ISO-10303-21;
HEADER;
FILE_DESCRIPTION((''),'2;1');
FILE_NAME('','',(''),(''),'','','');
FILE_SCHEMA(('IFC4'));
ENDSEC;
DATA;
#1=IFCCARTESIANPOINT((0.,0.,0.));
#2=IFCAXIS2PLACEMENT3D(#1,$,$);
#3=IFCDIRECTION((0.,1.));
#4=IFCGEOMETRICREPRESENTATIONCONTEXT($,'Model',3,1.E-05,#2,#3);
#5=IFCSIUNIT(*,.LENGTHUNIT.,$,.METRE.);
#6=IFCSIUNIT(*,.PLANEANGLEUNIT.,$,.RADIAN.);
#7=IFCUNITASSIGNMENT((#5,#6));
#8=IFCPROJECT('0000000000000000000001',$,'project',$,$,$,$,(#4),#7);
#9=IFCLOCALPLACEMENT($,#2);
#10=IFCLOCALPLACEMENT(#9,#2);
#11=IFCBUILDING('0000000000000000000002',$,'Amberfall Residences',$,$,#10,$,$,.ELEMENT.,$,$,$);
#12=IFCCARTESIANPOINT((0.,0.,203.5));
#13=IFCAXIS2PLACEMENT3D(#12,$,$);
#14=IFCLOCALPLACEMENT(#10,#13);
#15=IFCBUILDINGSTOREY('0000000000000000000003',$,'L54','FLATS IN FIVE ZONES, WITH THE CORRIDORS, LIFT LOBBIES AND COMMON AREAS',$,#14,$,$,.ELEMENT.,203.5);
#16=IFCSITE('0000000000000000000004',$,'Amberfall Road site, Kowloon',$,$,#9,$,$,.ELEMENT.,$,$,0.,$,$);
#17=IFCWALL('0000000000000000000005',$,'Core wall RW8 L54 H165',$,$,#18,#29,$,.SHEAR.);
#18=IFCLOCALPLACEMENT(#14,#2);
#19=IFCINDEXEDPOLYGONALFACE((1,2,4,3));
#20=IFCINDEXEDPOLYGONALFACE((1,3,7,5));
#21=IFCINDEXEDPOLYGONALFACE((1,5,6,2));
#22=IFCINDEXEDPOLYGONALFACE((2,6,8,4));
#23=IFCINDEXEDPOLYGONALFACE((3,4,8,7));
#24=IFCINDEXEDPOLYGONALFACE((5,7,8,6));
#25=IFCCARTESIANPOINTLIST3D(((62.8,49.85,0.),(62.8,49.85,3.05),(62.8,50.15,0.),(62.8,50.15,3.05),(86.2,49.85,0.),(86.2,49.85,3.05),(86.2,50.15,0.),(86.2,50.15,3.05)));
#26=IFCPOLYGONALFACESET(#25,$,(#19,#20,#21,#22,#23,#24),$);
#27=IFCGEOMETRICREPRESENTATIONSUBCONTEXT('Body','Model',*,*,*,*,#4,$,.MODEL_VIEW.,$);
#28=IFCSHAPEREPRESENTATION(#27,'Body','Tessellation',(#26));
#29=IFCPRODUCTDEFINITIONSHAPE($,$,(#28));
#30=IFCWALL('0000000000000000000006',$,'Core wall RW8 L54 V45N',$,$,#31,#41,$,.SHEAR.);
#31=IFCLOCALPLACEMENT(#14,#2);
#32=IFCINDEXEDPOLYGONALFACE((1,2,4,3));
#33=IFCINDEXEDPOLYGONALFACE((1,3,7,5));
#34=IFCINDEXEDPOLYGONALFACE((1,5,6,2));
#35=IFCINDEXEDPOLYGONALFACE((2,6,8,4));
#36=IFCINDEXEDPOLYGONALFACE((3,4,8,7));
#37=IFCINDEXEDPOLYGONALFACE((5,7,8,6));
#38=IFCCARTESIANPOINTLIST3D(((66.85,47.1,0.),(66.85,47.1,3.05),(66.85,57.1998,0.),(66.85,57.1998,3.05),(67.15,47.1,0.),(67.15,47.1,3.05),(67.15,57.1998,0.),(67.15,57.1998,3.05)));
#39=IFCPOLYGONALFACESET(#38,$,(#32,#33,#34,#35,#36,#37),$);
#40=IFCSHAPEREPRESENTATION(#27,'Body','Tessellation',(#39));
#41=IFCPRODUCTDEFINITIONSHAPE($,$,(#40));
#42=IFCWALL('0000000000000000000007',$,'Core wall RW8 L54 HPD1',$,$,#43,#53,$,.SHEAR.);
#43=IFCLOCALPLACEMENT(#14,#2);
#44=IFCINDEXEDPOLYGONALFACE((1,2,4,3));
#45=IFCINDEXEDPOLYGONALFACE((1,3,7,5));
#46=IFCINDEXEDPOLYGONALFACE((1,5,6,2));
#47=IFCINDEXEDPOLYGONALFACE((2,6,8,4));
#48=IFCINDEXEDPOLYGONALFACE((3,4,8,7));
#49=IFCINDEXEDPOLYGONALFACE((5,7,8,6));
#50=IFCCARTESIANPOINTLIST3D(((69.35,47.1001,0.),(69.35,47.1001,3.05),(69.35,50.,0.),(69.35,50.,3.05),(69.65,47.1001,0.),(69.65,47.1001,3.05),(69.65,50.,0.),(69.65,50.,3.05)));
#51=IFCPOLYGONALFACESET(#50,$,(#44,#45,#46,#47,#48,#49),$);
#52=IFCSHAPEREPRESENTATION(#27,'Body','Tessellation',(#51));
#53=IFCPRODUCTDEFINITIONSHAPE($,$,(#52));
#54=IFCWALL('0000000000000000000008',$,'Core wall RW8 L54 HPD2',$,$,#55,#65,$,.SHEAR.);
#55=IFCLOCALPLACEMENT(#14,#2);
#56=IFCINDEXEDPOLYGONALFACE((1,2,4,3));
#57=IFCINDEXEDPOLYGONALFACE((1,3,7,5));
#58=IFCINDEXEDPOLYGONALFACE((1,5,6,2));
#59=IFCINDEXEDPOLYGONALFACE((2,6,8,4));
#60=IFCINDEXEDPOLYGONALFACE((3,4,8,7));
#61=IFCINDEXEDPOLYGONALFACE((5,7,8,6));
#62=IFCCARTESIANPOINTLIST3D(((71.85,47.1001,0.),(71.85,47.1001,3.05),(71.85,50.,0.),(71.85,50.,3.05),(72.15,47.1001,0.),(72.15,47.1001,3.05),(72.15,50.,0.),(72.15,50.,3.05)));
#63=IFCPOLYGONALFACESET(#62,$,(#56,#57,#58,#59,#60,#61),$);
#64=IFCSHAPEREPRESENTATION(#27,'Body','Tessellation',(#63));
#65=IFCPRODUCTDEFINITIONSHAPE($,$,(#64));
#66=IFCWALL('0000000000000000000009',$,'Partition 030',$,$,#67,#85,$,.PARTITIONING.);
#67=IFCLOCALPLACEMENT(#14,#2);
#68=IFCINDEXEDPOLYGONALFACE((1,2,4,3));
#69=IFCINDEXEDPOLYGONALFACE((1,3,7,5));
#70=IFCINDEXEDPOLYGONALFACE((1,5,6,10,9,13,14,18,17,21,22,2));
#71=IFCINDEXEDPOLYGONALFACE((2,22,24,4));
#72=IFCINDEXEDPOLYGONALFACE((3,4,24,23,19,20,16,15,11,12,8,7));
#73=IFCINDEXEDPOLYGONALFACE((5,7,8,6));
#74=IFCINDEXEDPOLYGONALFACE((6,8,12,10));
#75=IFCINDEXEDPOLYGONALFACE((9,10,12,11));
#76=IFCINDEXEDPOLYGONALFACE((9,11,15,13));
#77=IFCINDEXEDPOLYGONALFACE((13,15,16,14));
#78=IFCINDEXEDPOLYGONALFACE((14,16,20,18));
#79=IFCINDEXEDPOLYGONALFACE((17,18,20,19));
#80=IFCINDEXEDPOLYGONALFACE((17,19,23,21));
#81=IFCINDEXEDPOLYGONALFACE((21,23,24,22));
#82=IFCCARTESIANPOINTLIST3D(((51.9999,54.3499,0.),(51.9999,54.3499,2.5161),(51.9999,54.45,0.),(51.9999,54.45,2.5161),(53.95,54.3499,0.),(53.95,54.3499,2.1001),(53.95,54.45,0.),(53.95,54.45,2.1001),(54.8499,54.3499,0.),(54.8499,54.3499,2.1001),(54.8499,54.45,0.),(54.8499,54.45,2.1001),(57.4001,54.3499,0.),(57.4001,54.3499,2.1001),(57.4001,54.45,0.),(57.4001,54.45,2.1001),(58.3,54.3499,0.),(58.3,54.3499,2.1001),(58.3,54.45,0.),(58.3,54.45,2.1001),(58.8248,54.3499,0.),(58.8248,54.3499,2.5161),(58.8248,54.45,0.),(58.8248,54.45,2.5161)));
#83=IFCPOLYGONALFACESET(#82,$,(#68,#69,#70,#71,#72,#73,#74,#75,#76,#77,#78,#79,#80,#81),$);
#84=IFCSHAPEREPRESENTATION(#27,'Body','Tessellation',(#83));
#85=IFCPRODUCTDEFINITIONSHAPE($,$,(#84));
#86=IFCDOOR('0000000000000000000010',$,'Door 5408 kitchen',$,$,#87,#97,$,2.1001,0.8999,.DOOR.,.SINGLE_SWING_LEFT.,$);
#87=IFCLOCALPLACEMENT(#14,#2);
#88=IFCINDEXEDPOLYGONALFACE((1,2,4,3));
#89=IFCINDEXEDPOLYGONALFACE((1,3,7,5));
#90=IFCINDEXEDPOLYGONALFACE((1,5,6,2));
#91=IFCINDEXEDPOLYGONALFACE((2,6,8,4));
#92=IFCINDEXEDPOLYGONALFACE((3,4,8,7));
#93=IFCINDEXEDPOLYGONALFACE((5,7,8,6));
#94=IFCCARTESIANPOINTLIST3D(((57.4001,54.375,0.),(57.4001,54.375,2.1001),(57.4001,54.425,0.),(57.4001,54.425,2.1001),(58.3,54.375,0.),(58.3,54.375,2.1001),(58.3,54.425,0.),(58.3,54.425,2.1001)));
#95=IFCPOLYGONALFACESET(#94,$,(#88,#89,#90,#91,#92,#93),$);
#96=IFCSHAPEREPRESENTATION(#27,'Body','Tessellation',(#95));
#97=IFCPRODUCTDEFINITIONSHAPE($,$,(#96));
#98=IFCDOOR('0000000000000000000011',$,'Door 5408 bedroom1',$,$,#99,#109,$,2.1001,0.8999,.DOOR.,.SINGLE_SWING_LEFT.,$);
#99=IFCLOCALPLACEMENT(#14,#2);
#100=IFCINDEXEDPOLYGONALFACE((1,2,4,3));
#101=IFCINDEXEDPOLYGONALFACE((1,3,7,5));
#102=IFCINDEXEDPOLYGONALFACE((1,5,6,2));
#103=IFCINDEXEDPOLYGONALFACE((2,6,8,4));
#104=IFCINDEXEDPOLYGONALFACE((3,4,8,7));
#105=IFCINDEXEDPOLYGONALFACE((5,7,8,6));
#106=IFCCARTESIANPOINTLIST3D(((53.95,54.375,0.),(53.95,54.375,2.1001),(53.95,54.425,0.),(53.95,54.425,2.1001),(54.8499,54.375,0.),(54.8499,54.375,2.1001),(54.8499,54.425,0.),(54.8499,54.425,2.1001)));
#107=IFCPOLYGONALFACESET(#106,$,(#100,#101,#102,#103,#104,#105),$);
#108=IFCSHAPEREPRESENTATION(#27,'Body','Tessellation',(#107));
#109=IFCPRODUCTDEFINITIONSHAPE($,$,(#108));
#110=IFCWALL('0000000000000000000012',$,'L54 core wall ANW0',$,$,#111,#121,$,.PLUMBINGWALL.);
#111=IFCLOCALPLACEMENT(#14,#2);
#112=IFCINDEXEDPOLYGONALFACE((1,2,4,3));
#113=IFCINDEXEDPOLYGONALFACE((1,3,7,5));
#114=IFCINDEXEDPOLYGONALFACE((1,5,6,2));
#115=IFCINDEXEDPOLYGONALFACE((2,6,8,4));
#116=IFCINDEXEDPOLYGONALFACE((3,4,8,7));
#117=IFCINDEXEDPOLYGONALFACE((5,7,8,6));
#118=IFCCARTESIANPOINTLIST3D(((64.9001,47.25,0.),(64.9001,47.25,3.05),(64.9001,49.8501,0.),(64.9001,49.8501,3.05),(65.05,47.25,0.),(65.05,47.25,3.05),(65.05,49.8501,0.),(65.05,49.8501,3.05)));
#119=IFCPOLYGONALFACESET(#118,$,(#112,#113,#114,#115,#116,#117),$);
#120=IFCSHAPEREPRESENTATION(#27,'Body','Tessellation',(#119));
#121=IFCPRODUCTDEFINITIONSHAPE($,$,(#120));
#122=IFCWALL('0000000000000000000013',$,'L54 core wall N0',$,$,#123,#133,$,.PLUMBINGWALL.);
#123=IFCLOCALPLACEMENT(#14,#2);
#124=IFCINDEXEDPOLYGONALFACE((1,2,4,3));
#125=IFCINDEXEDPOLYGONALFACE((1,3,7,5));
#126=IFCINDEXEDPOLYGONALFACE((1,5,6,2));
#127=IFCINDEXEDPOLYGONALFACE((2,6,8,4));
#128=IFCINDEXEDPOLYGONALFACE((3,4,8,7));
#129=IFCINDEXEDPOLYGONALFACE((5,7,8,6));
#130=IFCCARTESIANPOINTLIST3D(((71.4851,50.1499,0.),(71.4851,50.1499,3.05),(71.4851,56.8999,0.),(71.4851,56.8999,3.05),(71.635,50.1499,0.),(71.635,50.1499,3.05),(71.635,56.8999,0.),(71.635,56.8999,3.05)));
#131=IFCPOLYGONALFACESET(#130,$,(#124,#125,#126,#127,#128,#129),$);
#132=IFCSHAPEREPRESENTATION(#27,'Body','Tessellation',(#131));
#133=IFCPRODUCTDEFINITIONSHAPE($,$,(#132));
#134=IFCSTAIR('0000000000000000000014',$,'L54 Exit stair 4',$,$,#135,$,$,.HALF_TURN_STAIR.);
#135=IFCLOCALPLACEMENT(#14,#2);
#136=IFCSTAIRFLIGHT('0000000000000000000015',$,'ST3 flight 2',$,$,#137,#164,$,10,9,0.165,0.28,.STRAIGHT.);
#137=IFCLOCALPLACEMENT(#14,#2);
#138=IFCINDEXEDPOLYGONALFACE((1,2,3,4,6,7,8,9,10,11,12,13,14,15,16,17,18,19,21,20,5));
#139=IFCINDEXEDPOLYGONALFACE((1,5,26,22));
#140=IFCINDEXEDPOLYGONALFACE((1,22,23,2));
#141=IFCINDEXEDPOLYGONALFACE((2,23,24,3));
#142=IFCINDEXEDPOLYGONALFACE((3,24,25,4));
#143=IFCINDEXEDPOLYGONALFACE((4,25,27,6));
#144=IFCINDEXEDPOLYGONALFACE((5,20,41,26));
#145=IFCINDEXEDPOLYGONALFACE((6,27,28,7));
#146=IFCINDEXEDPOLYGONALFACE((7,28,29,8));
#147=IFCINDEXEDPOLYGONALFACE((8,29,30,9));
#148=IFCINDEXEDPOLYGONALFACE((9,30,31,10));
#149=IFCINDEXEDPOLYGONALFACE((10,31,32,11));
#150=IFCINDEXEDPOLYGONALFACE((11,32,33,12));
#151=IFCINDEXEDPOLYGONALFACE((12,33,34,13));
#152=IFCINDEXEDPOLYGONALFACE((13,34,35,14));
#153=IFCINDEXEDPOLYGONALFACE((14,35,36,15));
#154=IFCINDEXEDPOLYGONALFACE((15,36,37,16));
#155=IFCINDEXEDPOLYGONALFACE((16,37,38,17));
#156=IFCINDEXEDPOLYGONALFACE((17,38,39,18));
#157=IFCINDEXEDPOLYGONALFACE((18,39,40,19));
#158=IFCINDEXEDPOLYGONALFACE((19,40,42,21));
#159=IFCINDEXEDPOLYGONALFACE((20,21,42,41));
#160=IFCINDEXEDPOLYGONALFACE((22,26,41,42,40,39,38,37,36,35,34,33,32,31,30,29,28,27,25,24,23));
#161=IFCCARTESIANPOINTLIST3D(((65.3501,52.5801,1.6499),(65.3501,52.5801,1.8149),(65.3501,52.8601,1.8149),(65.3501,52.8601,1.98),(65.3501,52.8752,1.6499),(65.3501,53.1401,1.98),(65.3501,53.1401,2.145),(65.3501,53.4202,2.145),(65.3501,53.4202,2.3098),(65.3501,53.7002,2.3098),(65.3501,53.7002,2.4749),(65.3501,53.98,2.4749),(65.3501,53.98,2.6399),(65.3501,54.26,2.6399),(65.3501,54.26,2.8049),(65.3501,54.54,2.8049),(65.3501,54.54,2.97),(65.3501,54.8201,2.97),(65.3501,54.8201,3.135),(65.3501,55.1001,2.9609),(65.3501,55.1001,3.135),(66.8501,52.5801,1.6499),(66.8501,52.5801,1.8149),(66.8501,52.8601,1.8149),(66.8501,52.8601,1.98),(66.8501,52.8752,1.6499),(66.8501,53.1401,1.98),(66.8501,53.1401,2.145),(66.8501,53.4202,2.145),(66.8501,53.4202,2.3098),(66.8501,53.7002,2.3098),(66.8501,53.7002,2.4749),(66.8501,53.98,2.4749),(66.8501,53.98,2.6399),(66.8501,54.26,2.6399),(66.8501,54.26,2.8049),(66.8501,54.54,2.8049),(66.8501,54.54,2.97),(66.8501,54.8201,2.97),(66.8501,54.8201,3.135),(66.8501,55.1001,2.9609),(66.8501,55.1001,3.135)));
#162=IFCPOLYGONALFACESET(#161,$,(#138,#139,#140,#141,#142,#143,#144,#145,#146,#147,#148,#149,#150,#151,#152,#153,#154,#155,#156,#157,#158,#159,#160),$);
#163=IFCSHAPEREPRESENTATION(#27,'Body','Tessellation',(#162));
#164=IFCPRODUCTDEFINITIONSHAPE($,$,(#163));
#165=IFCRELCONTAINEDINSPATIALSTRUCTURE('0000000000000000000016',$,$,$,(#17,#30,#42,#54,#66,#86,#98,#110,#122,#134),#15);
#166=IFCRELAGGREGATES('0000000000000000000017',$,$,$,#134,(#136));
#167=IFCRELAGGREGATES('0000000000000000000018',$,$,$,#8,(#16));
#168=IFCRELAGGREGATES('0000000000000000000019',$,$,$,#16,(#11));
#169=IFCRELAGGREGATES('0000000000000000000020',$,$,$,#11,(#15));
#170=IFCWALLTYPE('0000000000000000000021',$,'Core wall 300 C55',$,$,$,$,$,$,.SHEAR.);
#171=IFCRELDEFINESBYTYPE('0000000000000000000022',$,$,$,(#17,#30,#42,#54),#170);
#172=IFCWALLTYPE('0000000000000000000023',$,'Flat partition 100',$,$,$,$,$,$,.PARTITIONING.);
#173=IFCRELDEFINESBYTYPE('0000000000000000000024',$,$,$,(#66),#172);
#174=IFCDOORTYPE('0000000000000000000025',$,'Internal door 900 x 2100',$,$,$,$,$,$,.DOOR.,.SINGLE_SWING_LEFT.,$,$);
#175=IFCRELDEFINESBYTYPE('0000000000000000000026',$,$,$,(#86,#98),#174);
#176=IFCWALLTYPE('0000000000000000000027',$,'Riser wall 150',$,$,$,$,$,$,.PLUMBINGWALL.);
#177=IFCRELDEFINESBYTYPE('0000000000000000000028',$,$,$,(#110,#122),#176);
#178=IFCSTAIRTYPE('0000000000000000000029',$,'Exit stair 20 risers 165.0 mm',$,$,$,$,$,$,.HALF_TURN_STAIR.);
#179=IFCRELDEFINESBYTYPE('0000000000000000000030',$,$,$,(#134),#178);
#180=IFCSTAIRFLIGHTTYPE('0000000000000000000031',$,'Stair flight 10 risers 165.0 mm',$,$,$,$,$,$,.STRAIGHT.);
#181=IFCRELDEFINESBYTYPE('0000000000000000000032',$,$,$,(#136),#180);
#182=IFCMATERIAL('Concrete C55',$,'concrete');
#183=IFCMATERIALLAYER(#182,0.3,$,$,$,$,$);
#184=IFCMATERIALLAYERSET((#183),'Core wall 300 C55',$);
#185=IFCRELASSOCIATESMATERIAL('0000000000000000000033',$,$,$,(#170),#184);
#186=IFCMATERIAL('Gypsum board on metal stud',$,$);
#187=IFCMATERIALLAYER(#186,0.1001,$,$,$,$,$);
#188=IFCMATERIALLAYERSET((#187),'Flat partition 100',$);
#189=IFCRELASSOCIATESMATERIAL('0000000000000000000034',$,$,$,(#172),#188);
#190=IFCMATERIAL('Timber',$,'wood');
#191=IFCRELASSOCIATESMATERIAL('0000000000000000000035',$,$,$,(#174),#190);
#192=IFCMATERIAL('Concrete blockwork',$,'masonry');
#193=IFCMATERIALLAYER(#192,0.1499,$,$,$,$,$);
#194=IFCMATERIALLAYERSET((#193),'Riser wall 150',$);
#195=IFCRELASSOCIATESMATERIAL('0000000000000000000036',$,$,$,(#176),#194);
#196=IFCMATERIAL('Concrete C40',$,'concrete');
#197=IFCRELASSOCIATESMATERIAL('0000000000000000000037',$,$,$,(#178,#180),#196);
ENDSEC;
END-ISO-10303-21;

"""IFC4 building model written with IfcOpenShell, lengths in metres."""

from ifc_helpers import new_model, si_unit, direction, frame, frame_2d, origin, place, context, subcontext, project, spatial, polyline, rectangle, outline, extrude, material, layer, layer_set, type_object, element, fill, aggregate, save


model = new_model("IFC4")

# Units and contexts
model_context = context("Model", 3, precision=1e-05, world=origin(), true_north=direction((0.0, 1.0)))
body_context = subcontext(model_context, "Body", "Model", "MODEL_VIEW")
ifc_project = project(units=[si_unit("LENGTHUNIT", "METRE"), si_unit("PLANEANGLEUNIT", "RADIAN")], contexts=[model_context])

# Site, building, storey
site_placement = place(None, origin())
site = spatial("IfcSite", under=ifc_project, at=site_placement, Name="Amberfall Road site, Kowloon", CompositionType="ELEMENT", RefElevation=0.0)
building_placement = place(site_placement, origin())
building = spatial("IfcBuilding", under=site, at=building_placement, Name="Amberfall Residences", CompositionType="ELEMENT")
storey_placement = place(building_placement, frame((0.0, 0.0, 203.5)))
storey = spatial("IfcBuildingStorey", under=building, at=storey_placement, Name="L54", Description="FLATS IN FIVE ZONES, WITH THE CORRIDORS, LIFT LOBBIES AND COMMON AREAS", CompositionType="ELEMENT", Elevation=203.5)

# Shared definitions
ifc_material_1 = material(Name="Concrete C55", Category="concrete")
ifc_layer_1 = layer(ifc_material_1, 0.3)
ifc_layer_set_1 = layer_set([ifc_layer_1], Name="Core wall 300 C55")
wall_type_1 = type_object("IfcWallType", Name="Core wall 300 C55", PredefinedType="SHEAR", material=ifc_layer_set_1)

# Walls
wall_1_placement = place(storey_placement, frame((62.8, 50.0, 0.0), z_axis=(0.0, 0.0, 1.0), x_axis=(1.0, 0.0, 0.0)))
element("IfcWall", 1, at=wall_1_placement, inside=storey, type_object=wall_type_1, Name="Core wall RW8 L54 H165", PredefinedType="SHEAR", context=body_context, shape_type="SweptSolid", body=[
    extrude(rectangle(XDim=23.3999, YDim=0.3, at=frame_2d((11.7, 0.0))), origin(), (0.0, 0.0, 1.0), 3.05),
])
wall_2_placement = place(storey_placement, frame((67.0, 47.1001, 0.0), z_axis=(0.0, 0.0, 1.0), x_axis=(0.0, 1.0, 0.0)))
element("IfcWall", 2, at=wall_2_placement, inside=storey, type_object=wall_type_1, Name="Core wall RW8 L54 V45N", PredefinedType="SHEAR", context=body_context, shape_type="SweptSolid", body=[
    extrude(rectangle(XDim=10.0999, YDim=0.3, at=frame_2d((5.0498, 0.0))), origin(), (0.0, 0.0, 1.0), 3.05),
])
for number, where, z_axis, x_axis, name in (
    (3, (69.5, 47.1001, 0.0), (0.0, 0.0, 1.0), (0.0, 1.0, 0.0), "Core wall RW8 L54 HPD1"),
    (4, (72.0, 47.1001, 0.0), (0.0, 0.0, 1.0), (0.0, 1.0, 0.0), "Core wall RW8 L54 HPD2"),
):
    element("IfcWall", number, at=place(storey_placement, frame(where, z_axis=z_axis, x_axis=x_axis)), inside=storey, type_object=wall_type_1, Name=name, PredefinedType="SHEAR", context=body_context, shape_type="SweptSolid", body=[
        extrude(rectangle(XDim=2.8999, YDim=0.3, at=frame_2d((1.45, 0.0))), origin(), (0.0, 0.0, 1.0), 3.05),
    ])

# Wall, openings, doors
ifc_material_2 = material(Name="Gypsum board on metal stud")
ifc_layer_2 = layer(ifc_material_2, 0.1001)
ifc_layer_set_2 = layer_set([ifc_layer_2], Name="Flat partition 100")
wall_type_2 = type_object("IfcWallType", Name="Flat partition 100", PredefinedType="PARTITIONING", material=ifc_layer_set_2)
wall_3_placement = place(storey_placement, frame((58.825, 54.3999, 0.0), z_axis=(0.0, 0.0, 1.0), x_axis=(-1.0, 0.0, 0.0)))
wall_3 = element("IfcWall", 5, at=wall_3_placement, inside=storey, type_object=wall_type_2, Name="Partition 030", PredefinedType="PARTITIONING", context=body_context, shape_type="SweptSolid", body=[
    extrude(rectangle(XDim=6.825, YDim=0.1001, at=frame_2d((3.4126, 0.0))), origin(), (0.0, 0.0, 1.0), 2.5161),
])
opening_1_placement = place(wall_3_placement, frame((0.5249, 0.0, 0.0)))
opening_1 = element("IfcOpeningElement", 6, at=opening_1_placement, cuts=wall_3, PredefinedType="OPENING", context=body_context, shape_type="SweptSolid", body=[
    extrude(rectangle(XDim=0.8999, YDim=2.1001, at=frame_2d((0.45, 1.05))), frame((0.0, 0.0601, 0.0), z_axis=(0.0, -1.0, 0.0), x_axis=(1.0, 0.0, 0.0)), (0.0, 0.0, 1.0), 0.1201),
])
opening_2_placement = place(wall_3_placement, frame((3.9751, 0.0, 0.0)))
opening_2 = element("IfcOpeningElement", 7, at=opening_2_placement, cuts=wall_3, PredefinedType="OPENING", context=body_context, shape_type="SweptSolid", body=[
    extrude(rectangle(XDim=0.8999, YDim=2.1001, at=frame_2d((0.45, 1.05))), frame((0.0, 0.0601, 0.0), z_axis=(0.0, -1.0, 0.0), x_axis=(1.0, 0.0, 0.0)), (0.0, 0.0, 1.0), 0.1201),
])
ifc_material_3 = material(Name="Timber", Category="wood")
door_type_1 = type_object("IfcDoorType", Name="Internal door 900 x 2100", OperationType="SINGLE_SWING_LEFT", PredefinedType="DOOR", material=ifc_material_3)
door_1_placement = place(opening_1_placement, origin())
door_1 = element("IfcDoor", 8, at=door_1_placement, inside=storey, type_object=door_type_1, Name="Door 5408 kitchen", OperationType="SINGLE_SWING_LEFT", OverallHeight=2.1001, OverallWidth=0.8999, PredefinedType="DOOR", context=body_context, shape_type="SweptSolid", body=[
    extrude(rectangle(XDim=0.8999, YDim=2.1001, at=frame_2d((0.45, 1.05))), frame((0.0, 0.0249, 0.0), z_axis=(0.0, -1.0, 0.0), x_axis=(1.0, 0.0, 0.0)), (0.0, 0.0, 1.0), 0.05),
])
fill(opening_1, door_1)
door_2_placement = place(opening_2_placement, origin())
door_2 = element("IfcDoor", 9, at=door_2_placement, inside=storey, type_object=door_type_1, Name="Door 5408 bedroom1", OperationType="SINGLE_SWING_LEFT", OverallHeight=2.1001, OverallWidth=0.8999, PredefinedType="DOOR", context=body_context, shape_type="SweptSolid", body=[
    extrude(rectangle(XDim=0.8999, YDim=2.1001, at=frame_2d((0.45, 1.05))), frame((0.0, 0.0249, 0.0), z_axis=(0.0, -1.0, 0.0), x_axis=(1.0, 0.0, 0.0)), (0.0, 0.0, 1.0), 0.05),
])
fill(opening_2, door_2)

# Walls
ifc_material_4 = material(Name="Concrete blockwork", Category="masonry")
ifc_layer_3 = layer(ifc_material_4, 0.1499)
ifc_layer_set_3 = layer_set([ifc_layer_3], Name="Riser wall 150")
wall_type_3 = type_object("IfcWallType", Name="Riser wall 150", PredefinedType="PLUMBINGWALL", material=ifc_layer_set_3)
wall_4_placement = place(storey_placement, frame((64.9751, 47.25, 0.0), z_axis=(0.0, 0.0, 1.0), x_axis=(0.0, 1.0, 0.0)))
element("IfcWall", 10, at=wall_4_placement, inside=storey, type_object=wall_type_3, Name="L54 core wall ANW0", PredefinedType="PLUMBINGWALL", context=body_context, shape_type="SweptSolid", body=[
    extrude(rectangle(XDim=2.6001, YDim=0.1499, at=frame_2d((1.3, 0.0))), origin(), (0.0, 0.0, 1.0), 3.05),
])
wall_5_placement = place(storey_placement, frame((71.5601, 50.1499, 0.0), z_axis=(0.0, 0.0, 1.0), x_axis=(0.0, 1.0, 0.0)))
element("IfcWall", 11, at=wall_5_placement, inside=storey, type_object=wall_type_3, Name="L54 core wall N0", PredefinedType="PLUMBINGWALL", context=body_context, shape_type="SweptSolid", body=[
    extrude(rectangle(XDim=6.75, YDim=0.1499, at=frame_2d((3.375, 0.0))), origin(), (0.0, 0.0, 1.0), 3.05),
])

# Stair, stair flight
ifc_material_5 = material(Name="Concrete C40", Category="concrete")
stair_type = type_object("IfcStairType", Name="Exit stair 20 risers 165.0 mm", PredefinedType="HALF_TURN_STAIR", material=ifc_material_5)
stair_placement = place(storey_placement, origin())
stair = element("IfcStair", 12, at=stair_placement, inside=storey, type_object=stair_type, Name="L54 Exit stair 4", PredefinedType="HALF_TURN_STAIR")
stair_flight_type = type_object("IfcStairFlightType", Name="Stair flight 10 risers 165.0 mm", PredefinedType="STRAIGHT", material=ifc_material_5)
stair_flight_placement = place(storey_placement, frame((66.1001, 52.5801, 1.6499), z_axis=(0.0, 0.0, 1.0), x_axis=(0.0, 1.0, 0.0)))
stair_flight = element("IfcStairFlight", 13, at=stair_flight_placement, type_object=stair_flight_type, Name="ST3 flight 2", NumberOfRisers=10, NumberOfTreads=9, PredefinedType="STRAIGHT", RiserHeight=0.165, TreadLength=0.28, context=body_context, shape_type="SweptSolid", body=[
    extrude(outline(polyline([(0.0, 0.0), (0.0, 0.165), (0.28, 0.165), (0.28, 0.3301), (0.5601, 0.3301), (0.5601, 0.4951), (0.8401, 0.4951), (0.8401, 0.6599), (1.1201, 0.6599), (1.1201, 0.825), (1.3999, 0.825), (1.3999, 0.99), (1.6799, 0.99), (1.6799, 1.155), (1.96, 1.155), (1.96, 1.3201), (2.24, 1.3201), (2.24, 1.4851), (2.52, 1.4851), (2.52, 1.6499), (2.52, 1.311), (0.2952, 0.0), (0.0, 0.0)])), frame((0.0, 0.75, 0.0), z_axis=(0.0, -1.0, 0.0), x_axis=(1.0, 0.0, 0.0)), (0.0, 0.0, 1.0), 1.5),
])
aggregate(stair, [stair_flight])

save(model, "model.ifc")
